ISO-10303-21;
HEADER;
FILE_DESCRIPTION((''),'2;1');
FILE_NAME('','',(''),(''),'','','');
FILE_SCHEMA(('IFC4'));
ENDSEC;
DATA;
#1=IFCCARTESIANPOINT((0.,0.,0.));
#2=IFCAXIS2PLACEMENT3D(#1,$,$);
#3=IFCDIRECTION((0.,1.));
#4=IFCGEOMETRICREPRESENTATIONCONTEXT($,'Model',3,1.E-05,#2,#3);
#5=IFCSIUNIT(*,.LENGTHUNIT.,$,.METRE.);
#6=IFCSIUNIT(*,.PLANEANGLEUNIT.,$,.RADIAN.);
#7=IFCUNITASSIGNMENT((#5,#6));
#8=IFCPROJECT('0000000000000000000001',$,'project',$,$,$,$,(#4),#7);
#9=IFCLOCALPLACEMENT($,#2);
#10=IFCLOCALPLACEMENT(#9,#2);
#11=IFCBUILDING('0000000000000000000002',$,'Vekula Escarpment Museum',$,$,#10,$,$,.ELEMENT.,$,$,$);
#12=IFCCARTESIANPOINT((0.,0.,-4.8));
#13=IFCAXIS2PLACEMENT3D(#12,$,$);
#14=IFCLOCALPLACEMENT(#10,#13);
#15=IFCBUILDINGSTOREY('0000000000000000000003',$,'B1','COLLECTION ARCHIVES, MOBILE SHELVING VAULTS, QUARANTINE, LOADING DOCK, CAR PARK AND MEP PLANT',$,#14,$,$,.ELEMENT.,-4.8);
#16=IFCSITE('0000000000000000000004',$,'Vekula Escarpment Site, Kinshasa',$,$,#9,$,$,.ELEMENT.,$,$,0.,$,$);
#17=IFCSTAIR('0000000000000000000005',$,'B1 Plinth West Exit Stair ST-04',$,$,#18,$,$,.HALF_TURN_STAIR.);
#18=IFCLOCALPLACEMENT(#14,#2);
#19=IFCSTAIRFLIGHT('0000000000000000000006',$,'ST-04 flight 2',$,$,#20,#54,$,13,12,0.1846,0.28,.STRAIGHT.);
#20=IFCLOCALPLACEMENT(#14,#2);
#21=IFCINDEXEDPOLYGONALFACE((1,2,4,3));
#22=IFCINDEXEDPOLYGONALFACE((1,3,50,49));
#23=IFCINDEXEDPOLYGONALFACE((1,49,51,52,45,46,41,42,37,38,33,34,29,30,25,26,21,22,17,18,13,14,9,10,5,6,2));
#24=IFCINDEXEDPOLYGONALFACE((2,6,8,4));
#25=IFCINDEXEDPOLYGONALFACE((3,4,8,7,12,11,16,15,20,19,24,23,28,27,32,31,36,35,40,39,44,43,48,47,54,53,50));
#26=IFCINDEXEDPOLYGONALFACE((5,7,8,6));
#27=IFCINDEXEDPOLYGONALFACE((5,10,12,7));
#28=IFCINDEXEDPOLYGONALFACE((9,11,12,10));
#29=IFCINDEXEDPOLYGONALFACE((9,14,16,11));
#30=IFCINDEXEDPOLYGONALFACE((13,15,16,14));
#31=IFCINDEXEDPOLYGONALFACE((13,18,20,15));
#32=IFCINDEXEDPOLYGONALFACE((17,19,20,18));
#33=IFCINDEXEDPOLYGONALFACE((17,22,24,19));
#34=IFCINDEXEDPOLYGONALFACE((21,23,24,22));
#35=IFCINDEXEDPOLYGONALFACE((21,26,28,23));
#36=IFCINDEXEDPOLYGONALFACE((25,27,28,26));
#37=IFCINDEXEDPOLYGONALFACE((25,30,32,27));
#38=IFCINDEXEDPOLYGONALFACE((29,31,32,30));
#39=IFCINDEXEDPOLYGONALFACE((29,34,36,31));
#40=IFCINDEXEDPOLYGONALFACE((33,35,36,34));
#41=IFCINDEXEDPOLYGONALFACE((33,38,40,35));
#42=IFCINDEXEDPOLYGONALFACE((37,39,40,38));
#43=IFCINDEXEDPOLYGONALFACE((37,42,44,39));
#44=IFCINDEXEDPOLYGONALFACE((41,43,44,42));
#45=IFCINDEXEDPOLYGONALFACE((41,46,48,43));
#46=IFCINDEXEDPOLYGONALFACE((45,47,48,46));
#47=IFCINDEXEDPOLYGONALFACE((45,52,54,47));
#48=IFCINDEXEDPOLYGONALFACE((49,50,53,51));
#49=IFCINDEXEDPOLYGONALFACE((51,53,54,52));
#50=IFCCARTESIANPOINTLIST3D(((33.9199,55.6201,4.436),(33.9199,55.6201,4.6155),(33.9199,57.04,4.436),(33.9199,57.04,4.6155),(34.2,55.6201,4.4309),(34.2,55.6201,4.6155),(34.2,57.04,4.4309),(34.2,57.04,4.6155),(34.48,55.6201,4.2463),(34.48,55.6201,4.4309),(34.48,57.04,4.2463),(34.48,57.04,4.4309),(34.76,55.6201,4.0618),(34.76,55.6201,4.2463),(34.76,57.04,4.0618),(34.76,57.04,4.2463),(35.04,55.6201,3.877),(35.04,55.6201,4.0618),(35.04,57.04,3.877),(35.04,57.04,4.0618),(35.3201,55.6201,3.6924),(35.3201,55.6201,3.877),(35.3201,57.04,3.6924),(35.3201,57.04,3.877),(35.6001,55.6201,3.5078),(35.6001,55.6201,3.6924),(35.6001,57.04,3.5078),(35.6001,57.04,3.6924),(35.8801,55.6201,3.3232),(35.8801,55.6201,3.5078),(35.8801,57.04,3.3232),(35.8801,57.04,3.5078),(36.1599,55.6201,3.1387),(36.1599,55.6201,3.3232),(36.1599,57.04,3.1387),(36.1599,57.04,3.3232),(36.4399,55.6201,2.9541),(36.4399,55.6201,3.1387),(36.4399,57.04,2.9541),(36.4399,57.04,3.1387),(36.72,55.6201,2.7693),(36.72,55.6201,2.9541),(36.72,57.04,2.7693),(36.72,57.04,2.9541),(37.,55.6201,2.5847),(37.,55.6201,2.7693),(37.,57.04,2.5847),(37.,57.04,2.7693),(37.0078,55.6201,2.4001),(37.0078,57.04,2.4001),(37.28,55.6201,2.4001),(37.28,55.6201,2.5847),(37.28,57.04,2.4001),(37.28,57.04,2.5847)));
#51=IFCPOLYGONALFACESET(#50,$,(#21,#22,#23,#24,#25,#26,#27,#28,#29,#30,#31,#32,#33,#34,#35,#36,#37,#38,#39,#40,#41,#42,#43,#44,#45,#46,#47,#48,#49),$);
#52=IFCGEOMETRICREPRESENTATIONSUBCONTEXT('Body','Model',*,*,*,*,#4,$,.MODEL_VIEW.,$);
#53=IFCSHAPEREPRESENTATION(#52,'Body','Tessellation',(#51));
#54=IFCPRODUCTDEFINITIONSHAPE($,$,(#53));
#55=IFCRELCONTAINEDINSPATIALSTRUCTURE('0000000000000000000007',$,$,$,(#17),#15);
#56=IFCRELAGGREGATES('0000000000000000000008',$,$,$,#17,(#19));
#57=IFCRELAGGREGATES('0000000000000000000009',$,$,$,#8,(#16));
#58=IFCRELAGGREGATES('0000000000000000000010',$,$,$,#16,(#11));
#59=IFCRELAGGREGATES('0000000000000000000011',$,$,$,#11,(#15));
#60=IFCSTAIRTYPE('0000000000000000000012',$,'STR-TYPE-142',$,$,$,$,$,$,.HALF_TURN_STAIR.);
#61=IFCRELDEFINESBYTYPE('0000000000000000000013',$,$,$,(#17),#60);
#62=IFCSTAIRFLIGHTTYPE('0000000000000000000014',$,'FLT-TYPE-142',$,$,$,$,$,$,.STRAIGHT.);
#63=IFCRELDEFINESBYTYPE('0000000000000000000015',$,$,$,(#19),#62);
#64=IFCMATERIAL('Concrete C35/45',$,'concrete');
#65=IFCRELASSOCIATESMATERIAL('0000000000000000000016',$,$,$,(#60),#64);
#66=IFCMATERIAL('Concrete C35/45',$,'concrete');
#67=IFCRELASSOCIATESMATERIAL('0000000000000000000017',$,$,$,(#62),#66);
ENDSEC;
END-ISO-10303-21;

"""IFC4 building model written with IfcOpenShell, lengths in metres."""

from ifc_helpers import new_model, si_unit, direction, frame, origin, place, context, subcontext, project, spatial, polyline, outline, extrude, material, type_object, element, aggregate, save


model = new_model("IFC4")

# Units and contexts
model_context = context("Model", 3, precision=1e-05, world=origin(), true_north=direction((0.0, 1.0)))
body_context = subcontext(model_context, "Body", "Model", "MODEL_VIEW")
ifc_project = project(units=[si_unit("LENGTHUNIT", "METRE"), si_unit("PLANEANGLEUNIT", "RADIAN")], contexts=[model_context])

# Site, building, storey
site_placement = place(None, origin())
site = spatial("IfcSite", under=ifc_project, at=site_placement, Name="Vekula Escarpment Site, Kinshasa", CompositionType="ELEMENT", RefElevation=0.0)
building_placement = place(site_placement, origin())
building = spatial("IfcBuilding", under=site, at=building_placement, Name="Vekula Escarpment Museum", CompositionType="ELEMENT")
storey_placement = place(building_placement, frame((0.0, 0.0, -4.8)))
storey = spatial("IfcBuildingStorey", under=building, at=storey_placement, Name="B1", Description="COLLECTION ARCHIVES, MOBILE SHELVING VAULTS, QUARANTINE, LOADING DOCK, CAR PARK AND MEP PLANT", CompositionType="ELEMENT", Elevation=-4.8)

# Stair, stair flight
ifc_material_1 = material(Name="Concrete C35/45", Category="concrete")
stair_type = type_object("IfcStairType", Name="STR-TYPE-142", PredefinedType="HALF_TURN_STAIR", material=ifc_material_1)
stair_placement = place(storey_placement, origin())
stair = element("IfcStair", 1, at=stair_placement, inside=storey, type_object=stair_type, Name="B1 Plinth West Exit Stair ST-04", PredefinedType="HALF_TURN_STAIR")
ifc_material_2 = material(Name="Concrete C35/45", Category="concrete")
stair_flight_type = type_object("IfcStairFlightType", Name="FLT-TYPE-142", PredefinedType="STRAIGHT", material=ifc_material_2)
stair_flight_placement = place(storey_placement, frame((37.28, 56.3301, 2.4001), z_axis=(0.0, 0.0, 1.0), x_axis=(-1.0, 0.0, 0.0)))
stair_flight = element("IfcStairFlight", 2, at=stair_flight_placement, type_object=stair_flight_type, Name="ST-04 flight 2", NumberOfRisers=13, NumberOfTreads=12, PredefinedType="STRAIGHT", RiserHeight=0.1846, TreadLength=0.28, context=body_context, shape_type="SweptSolid", body=[
    extrude(outline(polyline([(0.0, 0.0), (0.0, 0.1846), (0.28, 0.1846), (0.28, 0.3691), (0.5601, 0.3691), (0.5601, 0.554), (0.8401, 0.554), (0.8401, 0.7385), (1.1201, 0.7385), (1.1201, 0.9231), (1.3999, 0.9231), (1.3999, 1.1077), (1.6799, 1.1077), (1.6799, 1.2922), (1.96, 1.2922), (1.96, 1.4768), (2.24, 1.4768), (2.24, 1.6616), (2.52, 1.6616), (2.52, 1.8462), (2.8, 1.8462), (2.8, 2.0308), (3.0801, 2.0308), (3.0801, 2.2153), (3.3601, 2.2153), (3.3601, 2.3999), (3.3601, 2.0359), (0.2722, 0.0), (0.0, 0.0)])), frame((0.0, 0.71, 0.0), z_axis=(0.0, -1.0, 0.0), x_axis=(1.0, 0.0, 0.0)), (0.0, 0.0, 1.0), 1.4199),
])
aggregate(stair, [stair_flight])

save(model, "model.ifc")
